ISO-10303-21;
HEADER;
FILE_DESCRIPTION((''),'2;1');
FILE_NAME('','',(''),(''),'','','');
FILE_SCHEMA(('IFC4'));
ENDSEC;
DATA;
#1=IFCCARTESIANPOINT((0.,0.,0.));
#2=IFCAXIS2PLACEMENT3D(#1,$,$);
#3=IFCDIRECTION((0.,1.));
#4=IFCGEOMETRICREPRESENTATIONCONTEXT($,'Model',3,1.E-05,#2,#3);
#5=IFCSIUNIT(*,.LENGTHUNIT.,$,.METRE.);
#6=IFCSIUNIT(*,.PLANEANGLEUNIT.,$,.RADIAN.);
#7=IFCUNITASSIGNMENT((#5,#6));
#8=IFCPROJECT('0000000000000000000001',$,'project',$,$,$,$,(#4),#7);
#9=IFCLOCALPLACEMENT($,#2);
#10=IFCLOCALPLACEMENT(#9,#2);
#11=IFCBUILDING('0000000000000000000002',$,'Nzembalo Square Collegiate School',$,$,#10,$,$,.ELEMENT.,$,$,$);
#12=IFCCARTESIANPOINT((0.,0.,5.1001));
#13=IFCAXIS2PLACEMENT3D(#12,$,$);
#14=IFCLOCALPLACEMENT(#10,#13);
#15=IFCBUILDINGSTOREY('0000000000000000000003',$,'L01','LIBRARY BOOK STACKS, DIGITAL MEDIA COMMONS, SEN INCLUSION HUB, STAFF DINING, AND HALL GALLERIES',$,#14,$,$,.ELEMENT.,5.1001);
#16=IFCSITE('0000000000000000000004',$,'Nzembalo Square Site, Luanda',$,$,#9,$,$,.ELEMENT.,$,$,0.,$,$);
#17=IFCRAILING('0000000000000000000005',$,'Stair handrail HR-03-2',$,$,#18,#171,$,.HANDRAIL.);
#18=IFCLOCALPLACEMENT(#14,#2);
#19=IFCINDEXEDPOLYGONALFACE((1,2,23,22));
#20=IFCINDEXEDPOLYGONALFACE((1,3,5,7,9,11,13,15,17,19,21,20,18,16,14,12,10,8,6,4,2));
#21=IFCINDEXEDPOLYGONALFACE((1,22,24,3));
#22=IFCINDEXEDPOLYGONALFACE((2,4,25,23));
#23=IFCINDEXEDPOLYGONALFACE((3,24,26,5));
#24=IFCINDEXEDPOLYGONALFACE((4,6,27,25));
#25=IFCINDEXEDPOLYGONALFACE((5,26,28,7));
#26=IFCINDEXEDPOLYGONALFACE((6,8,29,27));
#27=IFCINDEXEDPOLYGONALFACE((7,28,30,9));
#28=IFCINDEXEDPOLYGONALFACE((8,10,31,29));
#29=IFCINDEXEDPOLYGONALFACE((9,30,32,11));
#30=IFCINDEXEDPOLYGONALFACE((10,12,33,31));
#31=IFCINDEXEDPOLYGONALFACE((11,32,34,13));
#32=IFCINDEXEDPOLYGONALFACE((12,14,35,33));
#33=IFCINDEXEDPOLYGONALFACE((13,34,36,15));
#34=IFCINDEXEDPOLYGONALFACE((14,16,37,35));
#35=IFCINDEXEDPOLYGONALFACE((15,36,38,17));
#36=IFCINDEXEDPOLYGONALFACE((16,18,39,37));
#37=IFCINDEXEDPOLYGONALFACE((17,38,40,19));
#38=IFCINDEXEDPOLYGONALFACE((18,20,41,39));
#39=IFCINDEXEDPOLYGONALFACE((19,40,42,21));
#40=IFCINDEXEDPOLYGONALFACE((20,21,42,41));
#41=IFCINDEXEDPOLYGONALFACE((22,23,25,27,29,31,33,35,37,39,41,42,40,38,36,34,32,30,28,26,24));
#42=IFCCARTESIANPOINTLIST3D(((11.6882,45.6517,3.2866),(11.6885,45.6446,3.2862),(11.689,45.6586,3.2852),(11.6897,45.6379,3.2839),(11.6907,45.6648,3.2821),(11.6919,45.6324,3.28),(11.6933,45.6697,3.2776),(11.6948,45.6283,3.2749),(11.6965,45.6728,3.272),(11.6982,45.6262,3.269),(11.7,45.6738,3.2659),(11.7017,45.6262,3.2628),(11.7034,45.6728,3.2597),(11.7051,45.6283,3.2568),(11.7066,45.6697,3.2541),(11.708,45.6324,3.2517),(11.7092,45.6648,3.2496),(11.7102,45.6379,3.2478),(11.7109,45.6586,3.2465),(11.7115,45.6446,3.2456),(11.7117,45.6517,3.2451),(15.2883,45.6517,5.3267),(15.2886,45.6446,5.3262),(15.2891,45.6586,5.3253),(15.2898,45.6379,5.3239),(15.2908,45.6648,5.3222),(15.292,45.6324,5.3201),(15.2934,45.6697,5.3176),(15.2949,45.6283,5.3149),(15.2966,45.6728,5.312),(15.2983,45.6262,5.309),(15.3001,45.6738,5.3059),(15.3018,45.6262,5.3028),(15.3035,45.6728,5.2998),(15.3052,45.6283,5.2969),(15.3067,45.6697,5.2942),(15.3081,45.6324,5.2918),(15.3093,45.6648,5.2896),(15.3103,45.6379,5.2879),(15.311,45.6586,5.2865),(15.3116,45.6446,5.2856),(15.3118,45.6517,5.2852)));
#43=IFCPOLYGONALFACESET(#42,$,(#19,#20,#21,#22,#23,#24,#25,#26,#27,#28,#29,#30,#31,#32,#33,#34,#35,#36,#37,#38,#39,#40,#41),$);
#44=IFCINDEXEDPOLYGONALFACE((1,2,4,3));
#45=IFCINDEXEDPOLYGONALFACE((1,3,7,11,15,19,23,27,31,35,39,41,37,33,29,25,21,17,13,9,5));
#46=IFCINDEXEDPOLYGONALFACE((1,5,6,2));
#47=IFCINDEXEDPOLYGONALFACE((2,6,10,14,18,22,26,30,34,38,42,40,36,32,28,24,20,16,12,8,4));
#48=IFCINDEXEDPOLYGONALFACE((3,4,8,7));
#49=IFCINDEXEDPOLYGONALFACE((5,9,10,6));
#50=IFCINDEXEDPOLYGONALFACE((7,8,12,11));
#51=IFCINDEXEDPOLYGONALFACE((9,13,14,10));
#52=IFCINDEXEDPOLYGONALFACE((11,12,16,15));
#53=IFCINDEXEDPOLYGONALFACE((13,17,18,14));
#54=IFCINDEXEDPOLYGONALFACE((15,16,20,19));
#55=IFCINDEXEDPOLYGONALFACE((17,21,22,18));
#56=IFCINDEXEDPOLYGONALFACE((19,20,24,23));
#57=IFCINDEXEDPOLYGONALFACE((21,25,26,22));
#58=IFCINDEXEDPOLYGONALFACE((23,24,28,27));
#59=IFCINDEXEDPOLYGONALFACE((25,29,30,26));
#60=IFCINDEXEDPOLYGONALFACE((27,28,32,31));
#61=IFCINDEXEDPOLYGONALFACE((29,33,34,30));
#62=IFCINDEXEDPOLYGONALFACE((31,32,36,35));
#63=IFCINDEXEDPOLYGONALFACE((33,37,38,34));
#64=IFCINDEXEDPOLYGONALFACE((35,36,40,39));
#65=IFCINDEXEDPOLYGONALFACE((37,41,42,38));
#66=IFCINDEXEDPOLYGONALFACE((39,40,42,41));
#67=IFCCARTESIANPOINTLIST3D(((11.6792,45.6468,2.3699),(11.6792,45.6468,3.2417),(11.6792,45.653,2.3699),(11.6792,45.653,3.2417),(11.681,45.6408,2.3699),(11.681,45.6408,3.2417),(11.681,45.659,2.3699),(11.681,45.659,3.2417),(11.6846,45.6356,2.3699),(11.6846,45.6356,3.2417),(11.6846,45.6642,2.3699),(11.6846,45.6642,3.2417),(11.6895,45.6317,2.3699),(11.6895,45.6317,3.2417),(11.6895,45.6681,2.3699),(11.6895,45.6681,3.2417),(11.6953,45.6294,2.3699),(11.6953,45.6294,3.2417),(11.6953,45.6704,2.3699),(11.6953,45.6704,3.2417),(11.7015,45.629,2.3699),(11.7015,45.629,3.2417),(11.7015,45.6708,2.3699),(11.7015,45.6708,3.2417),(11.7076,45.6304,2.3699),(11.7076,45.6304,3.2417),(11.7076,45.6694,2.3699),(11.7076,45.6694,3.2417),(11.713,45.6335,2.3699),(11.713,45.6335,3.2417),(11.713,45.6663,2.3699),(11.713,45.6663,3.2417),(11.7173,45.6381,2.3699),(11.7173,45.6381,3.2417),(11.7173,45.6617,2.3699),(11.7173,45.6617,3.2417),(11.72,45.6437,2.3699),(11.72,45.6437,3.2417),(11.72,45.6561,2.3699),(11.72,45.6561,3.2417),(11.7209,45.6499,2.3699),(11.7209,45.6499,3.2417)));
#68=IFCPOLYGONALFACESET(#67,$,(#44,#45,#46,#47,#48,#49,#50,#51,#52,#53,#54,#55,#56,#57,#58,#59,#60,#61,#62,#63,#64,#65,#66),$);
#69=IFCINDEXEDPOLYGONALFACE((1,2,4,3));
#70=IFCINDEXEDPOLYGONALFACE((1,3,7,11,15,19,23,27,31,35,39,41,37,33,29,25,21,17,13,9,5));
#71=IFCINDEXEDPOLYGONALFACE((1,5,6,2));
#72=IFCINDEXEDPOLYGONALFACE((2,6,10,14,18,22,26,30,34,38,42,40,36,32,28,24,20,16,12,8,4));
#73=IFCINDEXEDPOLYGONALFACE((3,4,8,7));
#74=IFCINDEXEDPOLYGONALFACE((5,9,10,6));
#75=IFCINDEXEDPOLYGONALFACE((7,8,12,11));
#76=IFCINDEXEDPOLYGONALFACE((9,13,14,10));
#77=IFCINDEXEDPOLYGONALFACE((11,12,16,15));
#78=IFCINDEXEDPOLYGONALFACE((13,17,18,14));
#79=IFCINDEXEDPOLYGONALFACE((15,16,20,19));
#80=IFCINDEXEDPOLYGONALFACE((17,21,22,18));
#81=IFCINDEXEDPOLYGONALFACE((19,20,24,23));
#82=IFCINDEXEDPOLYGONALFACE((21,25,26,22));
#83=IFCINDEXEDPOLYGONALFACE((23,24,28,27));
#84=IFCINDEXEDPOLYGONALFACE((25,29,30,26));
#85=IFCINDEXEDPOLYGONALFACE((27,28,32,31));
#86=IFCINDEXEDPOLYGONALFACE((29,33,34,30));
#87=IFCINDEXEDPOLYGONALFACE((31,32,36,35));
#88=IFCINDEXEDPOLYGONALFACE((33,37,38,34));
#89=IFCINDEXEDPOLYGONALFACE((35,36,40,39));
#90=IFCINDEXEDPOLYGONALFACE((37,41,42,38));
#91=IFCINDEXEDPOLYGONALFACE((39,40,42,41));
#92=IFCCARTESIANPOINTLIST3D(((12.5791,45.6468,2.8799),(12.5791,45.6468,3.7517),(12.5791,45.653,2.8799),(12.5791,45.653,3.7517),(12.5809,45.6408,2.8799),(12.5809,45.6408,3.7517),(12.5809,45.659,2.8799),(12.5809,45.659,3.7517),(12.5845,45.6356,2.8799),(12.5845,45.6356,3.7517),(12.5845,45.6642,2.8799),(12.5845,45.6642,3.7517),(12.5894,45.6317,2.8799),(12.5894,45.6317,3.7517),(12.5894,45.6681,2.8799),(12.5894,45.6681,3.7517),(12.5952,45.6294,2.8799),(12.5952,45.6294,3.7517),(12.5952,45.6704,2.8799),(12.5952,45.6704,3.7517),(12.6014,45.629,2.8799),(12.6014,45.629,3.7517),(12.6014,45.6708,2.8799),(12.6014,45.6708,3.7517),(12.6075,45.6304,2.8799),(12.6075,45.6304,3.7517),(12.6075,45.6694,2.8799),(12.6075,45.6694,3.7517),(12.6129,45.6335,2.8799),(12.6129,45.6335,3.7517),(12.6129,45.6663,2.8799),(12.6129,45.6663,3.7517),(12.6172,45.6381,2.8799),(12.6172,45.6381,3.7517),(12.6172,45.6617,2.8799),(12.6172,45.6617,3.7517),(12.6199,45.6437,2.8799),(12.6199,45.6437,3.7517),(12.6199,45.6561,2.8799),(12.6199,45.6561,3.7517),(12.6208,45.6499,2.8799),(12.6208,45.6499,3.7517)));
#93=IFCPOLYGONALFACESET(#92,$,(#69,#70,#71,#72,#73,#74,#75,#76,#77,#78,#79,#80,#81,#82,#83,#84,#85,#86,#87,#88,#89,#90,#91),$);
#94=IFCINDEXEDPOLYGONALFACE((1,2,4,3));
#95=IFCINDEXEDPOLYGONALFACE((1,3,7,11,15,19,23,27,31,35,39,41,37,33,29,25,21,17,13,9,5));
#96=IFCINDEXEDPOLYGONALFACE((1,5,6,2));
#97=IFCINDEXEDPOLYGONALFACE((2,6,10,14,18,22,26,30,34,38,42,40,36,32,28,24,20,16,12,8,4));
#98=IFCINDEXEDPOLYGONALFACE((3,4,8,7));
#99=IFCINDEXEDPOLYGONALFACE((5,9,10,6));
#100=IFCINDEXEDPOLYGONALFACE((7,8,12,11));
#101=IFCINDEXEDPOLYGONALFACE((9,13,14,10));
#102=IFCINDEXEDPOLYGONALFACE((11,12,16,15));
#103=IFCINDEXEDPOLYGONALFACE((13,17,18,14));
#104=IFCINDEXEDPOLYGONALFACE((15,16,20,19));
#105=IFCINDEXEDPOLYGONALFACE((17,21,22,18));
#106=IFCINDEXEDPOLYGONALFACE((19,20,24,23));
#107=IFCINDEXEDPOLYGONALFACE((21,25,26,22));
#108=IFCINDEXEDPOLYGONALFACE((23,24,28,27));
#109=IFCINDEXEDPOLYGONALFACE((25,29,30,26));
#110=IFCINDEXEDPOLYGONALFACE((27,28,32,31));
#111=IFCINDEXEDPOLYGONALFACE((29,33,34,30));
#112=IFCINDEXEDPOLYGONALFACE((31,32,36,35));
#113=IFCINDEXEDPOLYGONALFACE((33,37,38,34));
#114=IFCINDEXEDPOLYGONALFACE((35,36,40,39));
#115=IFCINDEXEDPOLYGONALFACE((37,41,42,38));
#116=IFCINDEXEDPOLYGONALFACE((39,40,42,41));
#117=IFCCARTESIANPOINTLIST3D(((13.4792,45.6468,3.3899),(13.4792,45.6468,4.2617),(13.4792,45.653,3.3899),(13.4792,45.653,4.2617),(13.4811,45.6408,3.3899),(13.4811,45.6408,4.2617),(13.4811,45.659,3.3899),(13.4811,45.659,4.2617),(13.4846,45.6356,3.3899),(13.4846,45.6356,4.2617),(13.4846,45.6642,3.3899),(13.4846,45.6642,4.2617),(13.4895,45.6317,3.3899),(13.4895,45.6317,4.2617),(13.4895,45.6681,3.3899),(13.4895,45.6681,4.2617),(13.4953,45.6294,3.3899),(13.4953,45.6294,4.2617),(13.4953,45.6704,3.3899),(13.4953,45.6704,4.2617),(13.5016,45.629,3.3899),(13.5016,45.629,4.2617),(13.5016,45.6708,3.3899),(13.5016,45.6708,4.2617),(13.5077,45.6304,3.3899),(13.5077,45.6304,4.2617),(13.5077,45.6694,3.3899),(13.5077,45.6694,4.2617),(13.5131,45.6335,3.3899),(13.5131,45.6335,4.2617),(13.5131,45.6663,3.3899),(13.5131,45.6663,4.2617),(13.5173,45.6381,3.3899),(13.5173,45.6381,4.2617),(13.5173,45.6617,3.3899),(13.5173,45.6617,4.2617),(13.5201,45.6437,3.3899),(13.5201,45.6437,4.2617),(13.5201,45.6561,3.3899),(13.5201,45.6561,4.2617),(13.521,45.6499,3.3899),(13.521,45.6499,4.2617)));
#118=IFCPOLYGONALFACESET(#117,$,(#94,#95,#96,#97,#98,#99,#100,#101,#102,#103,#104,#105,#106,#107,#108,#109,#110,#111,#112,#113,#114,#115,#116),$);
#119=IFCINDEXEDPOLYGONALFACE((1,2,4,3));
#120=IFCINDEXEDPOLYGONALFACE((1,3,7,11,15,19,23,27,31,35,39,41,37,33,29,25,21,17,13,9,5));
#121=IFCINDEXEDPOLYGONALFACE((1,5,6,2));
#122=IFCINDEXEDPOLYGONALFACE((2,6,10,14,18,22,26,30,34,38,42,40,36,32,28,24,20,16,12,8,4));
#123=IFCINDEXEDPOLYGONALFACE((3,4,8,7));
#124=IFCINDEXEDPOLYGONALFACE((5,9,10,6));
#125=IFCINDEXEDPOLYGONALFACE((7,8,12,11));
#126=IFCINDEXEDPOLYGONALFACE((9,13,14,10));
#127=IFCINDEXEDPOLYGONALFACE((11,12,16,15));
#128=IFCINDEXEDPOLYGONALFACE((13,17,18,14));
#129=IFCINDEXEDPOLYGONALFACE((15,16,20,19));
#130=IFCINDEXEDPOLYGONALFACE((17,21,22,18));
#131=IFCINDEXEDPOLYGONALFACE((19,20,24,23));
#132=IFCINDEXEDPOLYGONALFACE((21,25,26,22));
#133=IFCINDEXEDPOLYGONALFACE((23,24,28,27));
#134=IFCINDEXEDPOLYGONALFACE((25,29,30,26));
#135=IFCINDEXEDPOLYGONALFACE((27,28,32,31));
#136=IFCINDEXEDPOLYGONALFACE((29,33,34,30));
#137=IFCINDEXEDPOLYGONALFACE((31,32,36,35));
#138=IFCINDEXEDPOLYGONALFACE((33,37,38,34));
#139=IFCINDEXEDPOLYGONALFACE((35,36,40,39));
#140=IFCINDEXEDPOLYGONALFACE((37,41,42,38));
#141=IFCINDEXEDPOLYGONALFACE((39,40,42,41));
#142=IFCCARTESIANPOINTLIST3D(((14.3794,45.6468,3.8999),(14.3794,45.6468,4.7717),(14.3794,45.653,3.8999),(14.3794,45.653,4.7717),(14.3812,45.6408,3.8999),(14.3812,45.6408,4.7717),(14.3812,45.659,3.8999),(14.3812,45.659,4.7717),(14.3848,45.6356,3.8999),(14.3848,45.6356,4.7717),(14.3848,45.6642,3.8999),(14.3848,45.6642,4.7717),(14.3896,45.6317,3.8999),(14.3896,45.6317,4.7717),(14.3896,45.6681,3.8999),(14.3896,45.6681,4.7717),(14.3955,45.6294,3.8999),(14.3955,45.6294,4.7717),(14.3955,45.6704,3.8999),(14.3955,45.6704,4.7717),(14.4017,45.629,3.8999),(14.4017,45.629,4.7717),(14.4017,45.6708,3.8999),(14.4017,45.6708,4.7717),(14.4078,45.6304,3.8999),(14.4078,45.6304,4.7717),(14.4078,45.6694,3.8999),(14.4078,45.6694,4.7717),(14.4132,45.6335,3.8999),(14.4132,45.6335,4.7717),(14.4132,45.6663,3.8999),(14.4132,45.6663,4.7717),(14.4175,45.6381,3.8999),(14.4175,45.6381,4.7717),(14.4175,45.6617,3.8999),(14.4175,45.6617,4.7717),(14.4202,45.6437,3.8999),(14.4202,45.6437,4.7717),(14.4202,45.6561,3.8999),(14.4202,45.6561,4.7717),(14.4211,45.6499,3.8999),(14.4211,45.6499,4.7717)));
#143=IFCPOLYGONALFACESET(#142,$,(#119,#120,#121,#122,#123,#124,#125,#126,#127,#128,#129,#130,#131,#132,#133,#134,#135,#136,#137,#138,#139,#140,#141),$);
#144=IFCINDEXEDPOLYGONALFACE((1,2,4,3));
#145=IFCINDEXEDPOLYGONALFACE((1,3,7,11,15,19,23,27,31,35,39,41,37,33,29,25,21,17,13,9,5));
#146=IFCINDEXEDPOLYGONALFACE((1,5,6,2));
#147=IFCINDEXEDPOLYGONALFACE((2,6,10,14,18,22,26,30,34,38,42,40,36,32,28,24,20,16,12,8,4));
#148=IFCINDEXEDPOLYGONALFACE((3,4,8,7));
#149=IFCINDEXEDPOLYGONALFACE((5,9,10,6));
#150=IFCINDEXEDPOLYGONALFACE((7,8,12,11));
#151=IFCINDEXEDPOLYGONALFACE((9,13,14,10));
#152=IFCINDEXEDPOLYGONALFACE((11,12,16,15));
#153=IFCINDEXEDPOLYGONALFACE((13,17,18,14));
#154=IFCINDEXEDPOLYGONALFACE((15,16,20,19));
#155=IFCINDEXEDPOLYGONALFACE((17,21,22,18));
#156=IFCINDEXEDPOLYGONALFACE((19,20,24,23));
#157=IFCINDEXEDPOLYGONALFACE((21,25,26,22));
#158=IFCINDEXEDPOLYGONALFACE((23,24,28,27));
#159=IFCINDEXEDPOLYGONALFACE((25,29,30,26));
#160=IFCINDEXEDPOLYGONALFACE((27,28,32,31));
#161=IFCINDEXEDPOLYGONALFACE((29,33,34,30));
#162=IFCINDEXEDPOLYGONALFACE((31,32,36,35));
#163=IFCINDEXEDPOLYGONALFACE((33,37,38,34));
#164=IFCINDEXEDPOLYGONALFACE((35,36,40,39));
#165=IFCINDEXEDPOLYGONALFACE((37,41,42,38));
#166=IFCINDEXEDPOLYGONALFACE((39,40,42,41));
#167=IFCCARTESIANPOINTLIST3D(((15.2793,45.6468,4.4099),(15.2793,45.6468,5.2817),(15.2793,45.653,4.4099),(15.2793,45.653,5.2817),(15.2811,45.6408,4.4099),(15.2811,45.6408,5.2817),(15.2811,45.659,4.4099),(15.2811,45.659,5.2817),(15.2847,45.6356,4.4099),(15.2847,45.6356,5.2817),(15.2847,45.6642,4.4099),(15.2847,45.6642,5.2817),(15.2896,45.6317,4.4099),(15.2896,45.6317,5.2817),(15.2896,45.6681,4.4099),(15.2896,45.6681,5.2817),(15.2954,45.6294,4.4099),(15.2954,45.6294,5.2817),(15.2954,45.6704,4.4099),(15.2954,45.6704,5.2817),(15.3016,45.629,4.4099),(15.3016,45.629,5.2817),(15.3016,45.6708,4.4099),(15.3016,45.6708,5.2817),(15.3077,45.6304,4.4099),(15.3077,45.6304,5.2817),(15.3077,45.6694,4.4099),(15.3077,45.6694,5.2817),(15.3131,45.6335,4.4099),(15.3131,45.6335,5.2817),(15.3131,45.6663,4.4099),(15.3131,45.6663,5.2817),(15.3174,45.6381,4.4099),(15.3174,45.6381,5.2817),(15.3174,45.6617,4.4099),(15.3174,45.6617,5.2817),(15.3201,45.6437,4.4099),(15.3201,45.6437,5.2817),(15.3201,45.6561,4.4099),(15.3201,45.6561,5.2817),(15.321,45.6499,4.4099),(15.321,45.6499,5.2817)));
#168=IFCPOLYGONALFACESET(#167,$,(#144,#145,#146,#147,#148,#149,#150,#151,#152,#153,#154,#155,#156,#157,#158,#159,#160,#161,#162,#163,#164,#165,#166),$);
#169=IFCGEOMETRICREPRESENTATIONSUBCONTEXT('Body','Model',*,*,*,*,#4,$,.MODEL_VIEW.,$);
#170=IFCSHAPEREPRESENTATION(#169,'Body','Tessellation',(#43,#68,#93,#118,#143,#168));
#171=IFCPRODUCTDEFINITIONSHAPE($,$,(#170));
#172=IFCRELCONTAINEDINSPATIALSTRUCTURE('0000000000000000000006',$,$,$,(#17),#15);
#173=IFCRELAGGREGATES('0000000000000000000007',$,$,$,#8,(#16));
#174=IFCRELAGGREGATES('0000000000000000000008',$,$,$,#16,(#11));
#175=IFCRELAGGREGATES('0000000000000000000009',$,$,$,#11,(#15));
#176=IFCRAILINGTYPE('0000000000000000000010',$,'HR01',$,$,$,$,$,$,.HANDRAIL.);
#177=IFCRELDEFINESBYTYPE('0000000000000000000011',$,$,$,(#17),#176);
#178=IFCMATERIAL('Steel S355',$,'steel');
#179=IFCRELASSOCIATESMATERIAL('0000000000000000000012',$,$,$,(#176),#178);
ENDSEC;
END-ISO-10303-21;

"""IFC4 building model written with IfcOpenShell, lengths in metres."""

from ifc_helpers import new_model, si_unit, direction, frame, origin, origin_2d, place, context, subcontext, project, spatial, circle, extrude, material, type_object, element, save


model = new_model("IFC4")

# Units and contexts
model_context = context("Model", 3, precision=1e-05, world=origin(), true_north=direction((0.0, 1.0)))
body_context = subcontext(model_context, "Body", "Model", "MODEL_VIEW")
ifc_project = project(units=[si_unit("LENGTHUNIT", "METRE"), si_unit("PLANEANGLEUNIT", "RADIAN")], contexts=[model_context])

# Site, building, storey
site_placement = place(None, origin())
site = spatial("IfcSite", under=ifc_project, at=site_placement, Name="Nzembalo Square Site, Luanda", CompositionType="ELEMENT", RefElevation=0.0)
building_placement = place(site_placement, origin())
building = spatial("IfcBuilding", under=site, at=building_placement, Name="Nzembalo Square Collegiate School", CompositionType="ELEMENT")
storey_placement = place(building_placement, frame((0.0, 0.0, 5.1001)))
storey = spatial("IfcBuildingStorey", under=building, at=storey_placement, Name="L01", Description="LIBRARY BOOK STACKS, DIGITAL MEDIA COMMONS, SEN INCLUSION HUB, STAFF DINING, AND HALL GALLERIES", CompositionType="ELEMENT", Elevation=5.1001)

# Railing
ifc_material_1 = material(Name="Steel S355", Category="steel")
railing_type_1 = type_object("IfcRailingType", Name="HR01", PredefinedType="HANDRAIL", material=ifc_material_1)
railing_1_placement = place(storey_placement, frame((11.7, 45.6499, 2.3699)))
element("IfcRailing", 1, at=railing_1_placement, inside=storey, type_object=railing_type_1, Name="Stair handrail HR-03-2", PredefinedType="HANDRAIL", context=body_context, shape_type="SweptSolid", body=[
    extrude(circle(Radius=0.0239, at=origin_2d()), frame((0.0, 0.0, 0.896), z_axis=(0.870024, 0.0, 0.49301), x_axis=(0.0, 1.0, 0.0)), (0.0, 0.0, 1.0), 4.1379),
    extrude(circle(Radius=0.021, at=origin_2d()), origin(), (0.0, 0.0, 1.0), 0.8718),
    extrude(circle(Radius=0.021, at=origin_2d()), frame((0.8999, 0.0, 0.51)), (0.0, 0.0, 1.0), 0.8718),
    extrude(circle(Radius=0.021, at=origin_2d()), frame((1.8, 0.0, 1.02)), (0.0, 0.0, 1.0), 0.8718),
    extrude(circle(Radius=0.021, at=origin_2d()), frame((2.7002, 0.0, 1.53)), (0.0, 0.0, 1.0), 0.8718),
    extrude(circle(Radius=0.021, at=origin_2d()), frame((3.6001, 0.0, 2.04)), (0.0, 0.0, 1.0), 0.8718),
])

save(model, "model.ifc")
